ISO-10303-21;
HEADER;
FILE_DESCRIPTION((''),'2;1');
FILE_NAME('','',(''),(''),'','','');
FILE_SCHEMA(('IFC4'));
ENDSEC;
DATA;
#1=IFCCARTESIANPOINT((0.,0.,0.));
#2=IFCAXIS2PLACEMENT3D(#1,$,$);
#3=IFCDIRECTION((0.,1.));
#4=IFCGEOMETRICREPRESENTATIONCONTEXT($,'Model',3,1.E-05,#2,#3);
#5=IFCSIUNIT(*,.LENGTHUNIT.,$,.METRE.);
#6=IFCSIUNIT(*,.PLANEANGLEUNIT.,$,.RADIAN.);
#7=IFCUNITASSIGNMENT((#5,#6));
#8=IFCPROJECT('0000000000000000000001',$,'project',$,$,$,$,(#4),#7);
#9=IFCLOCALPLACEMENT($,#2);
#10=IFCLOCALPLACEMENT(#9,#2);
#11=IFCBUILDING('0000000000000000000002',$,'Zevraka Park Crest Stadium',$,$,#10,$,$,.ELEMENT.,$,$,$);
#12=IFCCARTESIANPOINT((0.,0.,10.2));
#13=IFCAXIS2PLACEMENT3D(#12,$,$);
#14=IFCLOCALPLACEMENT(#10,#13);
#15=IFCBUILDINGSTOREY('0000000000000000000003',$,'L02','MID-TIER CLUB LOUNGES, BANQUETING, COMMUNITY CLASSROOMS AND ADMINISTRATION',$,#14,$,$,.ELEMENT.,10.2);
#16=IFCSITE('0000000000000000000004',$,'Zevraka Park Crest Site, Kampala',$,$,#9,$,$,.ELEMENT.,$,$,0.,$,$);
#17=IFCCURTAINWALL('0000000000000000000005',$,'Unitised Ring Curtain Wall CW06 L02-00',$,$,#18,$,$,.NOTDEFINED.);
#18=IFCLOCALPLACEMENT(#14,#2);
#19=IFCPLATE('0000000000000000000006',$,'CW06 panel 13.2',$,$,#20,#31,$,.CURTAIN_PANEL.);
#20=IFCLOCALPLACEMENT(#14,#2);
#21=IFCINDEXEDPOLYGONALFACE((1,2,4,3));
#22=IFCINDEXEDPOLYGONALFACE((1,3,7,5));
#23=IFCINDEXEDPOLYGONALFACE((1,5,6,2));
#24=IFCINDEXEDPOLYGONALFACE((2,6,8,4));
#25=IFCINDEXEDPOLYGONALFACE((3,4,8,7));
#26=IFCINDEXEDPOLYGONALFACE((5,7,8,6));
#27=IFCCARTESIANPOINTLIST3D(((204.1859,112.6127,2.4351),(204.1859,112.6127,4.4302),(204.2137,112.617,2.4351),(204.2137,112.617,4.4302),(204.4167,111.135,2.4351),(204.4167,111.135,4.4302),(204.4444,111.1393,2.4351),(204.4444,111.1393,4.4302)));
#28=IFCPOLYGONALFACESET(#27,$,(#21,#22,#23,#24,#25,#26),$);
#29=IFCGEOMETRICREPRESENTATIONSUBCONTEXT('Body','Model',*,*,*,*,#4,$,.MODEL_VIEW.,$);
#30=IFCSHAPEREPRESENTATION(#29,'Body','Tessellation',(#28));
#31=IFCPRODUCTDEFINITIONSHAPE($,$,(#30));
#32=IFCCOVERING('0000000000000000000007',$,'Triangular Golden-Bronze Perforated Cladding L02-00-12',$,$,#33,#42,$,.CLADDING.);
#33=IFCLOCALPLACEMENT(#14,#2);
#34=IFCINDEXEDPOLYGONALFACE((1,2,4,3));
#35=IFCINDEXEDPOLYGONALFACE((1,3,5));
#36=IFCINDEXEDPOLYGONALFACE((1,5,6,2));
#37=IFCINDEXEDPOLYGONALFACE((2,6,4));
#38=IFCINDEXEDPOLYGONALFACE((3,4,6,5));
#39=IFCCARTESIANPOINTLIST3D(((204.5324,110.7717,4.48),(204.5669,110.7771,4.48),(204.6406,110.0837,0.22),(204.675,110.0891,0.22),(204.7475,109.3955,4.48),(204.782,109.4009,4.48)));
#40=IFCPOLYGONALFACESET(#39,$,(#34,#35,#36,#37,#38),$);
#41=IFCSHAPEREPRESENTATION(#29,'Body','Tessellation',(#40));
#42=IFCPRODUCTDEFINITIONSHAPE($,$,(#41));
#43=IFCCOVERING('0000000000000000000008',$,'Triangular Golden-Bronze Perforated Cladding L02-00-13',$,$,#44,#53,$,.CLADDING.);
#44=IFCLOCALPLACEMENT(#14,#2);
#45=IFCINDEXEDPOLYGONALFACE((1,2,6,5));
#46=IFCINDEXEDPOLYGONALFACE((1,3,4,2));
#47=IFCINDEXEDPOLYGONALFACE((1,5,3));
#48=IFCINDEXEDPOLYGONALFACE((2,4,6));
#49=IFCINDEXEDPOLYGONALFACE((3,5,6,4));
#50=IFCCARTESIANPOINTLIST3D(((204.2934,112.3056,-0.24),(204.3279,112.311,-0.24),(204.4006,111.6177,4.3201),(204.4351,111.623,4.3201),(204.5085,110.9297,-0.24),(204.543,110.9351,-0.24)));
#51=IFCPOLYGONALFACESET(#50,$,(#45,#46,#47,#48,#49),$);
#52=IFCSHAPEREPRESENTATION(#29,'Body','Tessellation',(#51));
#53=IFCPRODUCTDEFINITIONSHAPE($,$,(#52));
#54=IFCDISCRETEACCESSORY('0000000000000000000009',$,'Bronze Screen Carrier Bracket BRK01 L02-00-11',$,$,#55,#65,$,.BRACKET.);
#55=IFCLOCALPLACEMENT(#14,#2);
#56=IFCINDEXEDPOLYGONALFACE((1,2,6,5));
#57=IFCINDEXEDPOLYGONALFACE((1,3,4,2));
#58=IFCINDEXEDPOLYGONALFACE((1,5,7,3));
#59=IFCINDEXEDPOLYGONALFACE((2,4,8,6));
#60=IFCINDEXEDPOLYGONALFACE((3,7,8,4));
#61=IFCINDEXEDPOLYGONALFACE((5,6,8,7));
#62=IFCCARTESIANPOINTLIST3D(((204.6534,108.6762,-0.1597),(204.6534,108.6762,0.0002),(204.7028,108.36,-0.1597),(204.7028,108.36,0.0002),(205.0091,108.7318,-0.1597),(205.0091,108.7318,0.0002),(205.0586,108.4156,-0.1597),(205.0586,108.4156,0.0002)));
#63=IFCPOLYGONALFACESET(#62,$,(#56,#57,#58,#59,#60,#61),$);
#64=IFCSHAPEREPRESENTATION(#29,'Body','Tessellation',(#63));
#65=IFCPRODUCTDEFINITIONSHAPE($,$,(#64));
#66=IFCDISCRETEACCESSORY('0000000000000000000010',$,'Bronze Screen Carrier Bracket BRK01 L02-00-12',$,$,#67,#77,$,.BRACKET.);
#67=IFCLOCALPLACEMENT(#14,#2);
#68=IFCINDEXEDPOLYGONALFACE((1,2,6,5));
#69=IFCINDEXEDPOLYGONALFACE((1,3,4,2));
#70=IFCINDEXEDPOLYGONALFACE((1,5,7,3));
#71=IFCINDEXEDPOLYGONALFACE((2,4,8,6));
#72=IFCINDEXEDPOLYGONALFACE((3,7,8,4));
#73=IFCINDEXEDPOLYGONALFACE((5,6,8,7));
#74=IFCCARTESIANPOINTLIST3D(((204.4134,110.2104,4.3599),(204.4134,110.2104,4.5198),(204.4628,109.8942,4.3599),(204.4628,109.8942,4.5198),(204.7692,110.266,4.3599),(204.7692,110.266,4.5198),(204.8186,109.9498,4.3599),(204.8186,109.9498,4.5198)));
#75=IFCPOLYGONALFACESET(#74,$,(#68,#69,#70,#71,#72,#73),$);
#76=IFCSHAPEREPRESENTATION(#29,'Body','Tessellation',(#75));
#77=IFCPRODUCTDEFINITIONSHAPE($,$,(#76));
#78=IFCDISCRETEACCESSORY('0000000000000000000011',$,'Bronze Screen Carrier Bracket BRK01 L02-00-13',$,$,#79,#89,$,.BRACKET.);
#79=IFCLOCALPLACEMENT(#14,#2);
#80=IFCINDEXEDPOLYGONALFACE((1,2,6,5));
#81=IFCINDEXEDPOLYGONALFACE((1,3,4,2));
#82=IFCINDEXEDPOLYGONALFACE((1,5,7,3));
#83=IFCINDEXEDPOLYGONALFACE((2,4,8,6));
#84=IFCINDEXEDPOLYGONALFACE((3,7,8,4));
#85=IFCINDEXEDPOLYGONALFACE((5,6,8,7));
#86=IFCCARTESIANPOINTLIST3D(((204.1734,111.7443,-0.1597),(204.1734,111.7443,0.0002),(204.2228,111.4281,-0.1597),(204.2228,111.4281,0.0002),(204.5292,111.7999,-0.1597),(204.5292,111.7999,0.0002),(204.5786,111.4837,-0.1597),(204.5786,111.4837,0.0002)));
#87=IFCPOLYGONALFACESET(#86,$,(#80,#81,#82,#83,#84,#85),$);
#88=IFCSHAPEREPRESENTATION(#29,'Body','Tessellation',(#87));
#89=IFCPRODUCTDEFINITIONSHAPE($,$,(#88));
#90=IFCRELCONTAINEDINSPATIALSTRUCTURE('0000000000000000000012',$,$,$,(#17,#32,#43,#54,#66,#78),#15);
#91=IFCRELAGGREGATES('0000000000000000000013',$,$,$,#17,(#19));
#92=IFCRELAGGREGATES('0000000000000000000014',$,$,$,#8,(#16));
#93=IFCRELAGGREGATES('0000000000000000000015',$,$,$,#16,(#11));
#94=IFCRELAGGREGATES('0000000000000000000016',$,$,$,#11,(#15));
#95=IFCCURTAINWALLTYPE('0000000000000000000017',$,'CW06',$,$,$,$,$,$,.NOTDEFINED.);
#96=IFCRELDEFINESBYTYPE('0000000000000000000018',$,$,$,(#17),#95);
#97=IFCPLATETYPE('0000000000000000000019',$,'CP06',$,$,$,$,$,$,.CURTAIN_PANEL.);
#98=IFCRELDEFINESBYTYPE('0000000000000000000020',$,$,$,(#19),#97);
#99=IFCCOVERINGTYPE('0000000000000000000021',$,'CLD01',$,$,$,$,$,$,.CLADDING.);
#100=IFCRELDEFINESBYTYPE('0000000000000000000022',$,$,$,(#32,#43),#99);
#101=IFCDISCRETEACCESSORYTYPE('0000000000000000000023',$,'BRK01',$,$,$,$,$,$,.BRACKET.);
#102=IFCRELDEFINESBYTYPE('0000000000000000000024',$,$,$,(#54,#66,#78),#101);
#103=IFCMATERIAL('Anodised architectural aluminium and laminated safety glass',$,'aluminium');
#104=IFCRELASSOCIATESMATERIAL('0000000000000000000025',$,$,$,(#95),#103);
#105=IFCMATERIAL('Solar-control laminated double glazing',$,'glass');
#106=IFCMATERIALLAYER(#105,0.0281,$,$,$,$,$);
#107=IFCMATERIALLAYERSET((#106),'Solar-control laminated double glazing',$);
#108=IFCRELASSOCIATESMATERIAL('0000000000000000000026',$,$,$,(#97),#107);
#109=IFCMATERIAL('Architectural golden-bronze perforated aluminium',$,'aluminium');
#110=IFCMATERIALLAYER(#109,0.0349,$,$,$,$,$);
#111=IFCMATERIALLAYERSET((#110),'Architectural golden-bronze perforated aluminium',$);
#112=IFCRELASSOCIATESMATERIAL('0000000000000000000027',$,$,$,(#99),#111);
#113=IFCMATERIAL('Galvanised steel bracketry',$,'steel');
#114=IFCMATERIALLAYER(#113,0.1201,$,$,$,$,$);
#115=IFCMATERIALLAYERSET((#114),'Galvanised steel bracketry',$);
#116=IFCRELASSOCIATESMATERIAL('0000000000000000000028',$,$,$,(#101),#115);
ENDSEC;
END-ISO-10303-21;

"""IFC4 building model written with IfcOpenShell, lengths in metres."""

from ifc_helpers import new_model, si_unit, direction, frame, origin, origin_2d, place, context, subcontext, project, spatial, polyline, rectangle, outline, extrude, material, layer, layer_set, type_object, element, aggregate, save


model = new_model("IFC4")

# Units and contexts
model_context = context("Model", 3, precision=1e-05, world=origin(), true_north=direction((0.0, 1.0)))
body_context = subcontext(model_context, "Body", "Model", "MODEL_VIEW")
ifc_project = project(units=[si_unit("LENGTHUNIT", "METRE"), si_unit("PLANEANGLEUNIT", "RADIAN")], contexts=[model_context])

# Site, building, storey
site_placement = place(None, origin())
site = spatial("IfcSite", under=ifc_project, at=site_placement, Name="Zevraka Park Crest Site, Kampala", CompositionType="ELEMENT", RefElevation=0.0)
building_placement = place(site_placement, origin())
building = spatial("IfcBuilding", under=site, at=building_placement, Name="Zevraka Park Crest Stadium", CompositionType="ELEMENT")
storey_placement = place(building_placement, frame((0.0, 0.0, 10.2)))
storey = spatial("IfcBuildingStorey", under=building, at=storey_placement, Name="L02", Description="MID-TIER CLUB LOUNGES, BANQUETING, COMMUNITY CLASSROOMS AND ADMINISTRATION", CompositionType="ELEMENT", Elevation=10.2)

# Curtain wall, plate
ifc_material_1 = material(Name="Anodised architectural aluminium and laminated safety glass", Category="aluminium")
curtain_wall_type = type_object("IfcCurtainWallType", Name="CW06", PredefinedType="NOTDEFINED", material=ifc_material_1)
curtain_wall_placement = place(storey_placement, origin())
curtain_wall = element("IfcCurtainWall", 1, at=curtain_wall_placement, inside=storey, type_object=curtain_wall_type, Name="Unitised Ring Curtain Wall CW06 L02-00", PredefinedType="NOTDEFINED")
ifc_material_2 = material(Name="Solar-control laminated double glazing", Category="glass")
ifc_layer_1 = layer(ifc_material_2, 0.0281)
ifc_layer_set_1 = layer_set([ifc_layer_1], Name="Solar-control laminated double glazing")
plate_type = type_object("IfcPlateType", Name="CP06", PredefinedType="CURTAIN_PANEL", material=ifc_layer_set_1)
plate_1_placement = place(storey_placement, frame((204.3152, 111.876, 2.4351), z_axis=(0.0, 0.0, 1.0), x_axis=(-0.154274, 0.988028, 0.0)))
plate_1 = element("IfcPlate", 2, at=plate_1_placement, type_object=plate_type, Name="CW06 panel 13.2", PredefinedType="CURTAIN_PANEL", context=body_context, shape_type="SweptSolid", body=[
    extrude(rectangle(XDim=1.4956, YDim=0.0281, at=origin_2d()), origin(), (0.0, 0.0, 1.0), 1.9951),
])
aggregate(curtain_wall, [plate_1])

# Coverings
ifc_material_3 = material(Name="Architectural golden-bronze perforated aluminium", Category="aluminium")
ifc_layer_2 = layer(ifc_material_3, 0.0349)
ifc_layer_set_2 = layer_set([ifc_layer_2], Name="Architectural golden-bronze perforated aluminium")
covering_type = type_object("IfcCoveringType", Name="CLD01", PredefinedType="CLADDING", material=ifc_layer_set_2)
covering_1_placement = place(storey_placement, frame((204.5669, 110.7771, 4.48), z_axis=(0.988006, 0.154414, 0.000146), x_axis=(0.154414, -0.988006, 0.0)))
element("IfcCovering", 3, at=covering_1_placement, inside=storey, type_object=covering_type, Name="Triangular Golden-Bronze Perforated Cladding L02-00-12", PredefinedType="CLADDING", context=body_context, shape_type="SweptSolid", body=[
    extrude(outline(polyline([(0.0, 0.0), (1.3929, 0.0), (0.6964, 4.26), (0.0, 0.0)])), origin(), (0.0, 0.0, -1.0), 0.0349),
])
covering_2_placement = place(storey_placement, frame((204.543, 110.9351, -0.24), z_axis=(0.988002, 0.154441, 0.000079), x_axis=(-0.154441, 0.988002, 0.0)))
element("IfcCovering", 4, at=covering_2_placement, inside=storey, type_object=covering_type, Name="Triangular Golden-Bronze Perforated Cladding L02-00-13", PredefinedType="CLADDING", context=body_context, shape_type="SweptSolid", body=[
    extrude(outline(polyline([(0.0, 0.0), (1.3927, 0.0), (0.6964, 4.5601), (0.0, 0.0)])), origin(), (0.0, 0.0, -1.0), 0.0349),
])

# Discrete accessories
ifc_material_4 = material(Name="Galvanised steel bracketry", Category="steel")
ifc_layer_3 = layer(ifc_material_4, 0.1201)
ifc_layer_set_3 = layer_set([ifc_layer_3], Name="Galvanised steel bracketry")
discrete_accessory_type = type_object("IfcDiscreteAccessoryType", Name="BRK01", PredefinedType="BRACKET", material=ifc_layer_set_3)
for number, where, z_axis, x_axis, name in (
    (5, (204.856, 108.5459, -0.1597), (0.0, 0.0, 1.0), (-0.154366, 0.988014, 0.0), "Bronze Screen Carrier Bracket BRK01 L02-00-11"),
    (6, (204.616, 110.0801, 4.3599), (0.0, 0.0, 1.0), (-0.154366, 0.988014, 0.0), "Bronze Screen Carrier Bracket BRK01 L02-00-12"),
    (7, (204.376, 111.614, -0.1597), (0.0, 0.0, 1.0), (-0.154366, 0.988014, 0.0), "Bronze Screen Carrier Bracket BRK01 L02-00-13"),
):
    element("IfcDiscreteAccessory", number, at=place(storey_placement, frame(where, z_axis=z_axis, x_axis=x_axis)), inside=storey, type_object=discrete_accessory_type, Name=name, PredefinedType="BRACKET", context=body_context, shape_type="SweptSolid", body=[
        extrude(rectangle(XDim=0.3201, YDim=0.3601, at=origin_2d()), origin(), (0.0, 0.0, 1.0), 0.1599),
    ])

save(model, "model.ifc")
